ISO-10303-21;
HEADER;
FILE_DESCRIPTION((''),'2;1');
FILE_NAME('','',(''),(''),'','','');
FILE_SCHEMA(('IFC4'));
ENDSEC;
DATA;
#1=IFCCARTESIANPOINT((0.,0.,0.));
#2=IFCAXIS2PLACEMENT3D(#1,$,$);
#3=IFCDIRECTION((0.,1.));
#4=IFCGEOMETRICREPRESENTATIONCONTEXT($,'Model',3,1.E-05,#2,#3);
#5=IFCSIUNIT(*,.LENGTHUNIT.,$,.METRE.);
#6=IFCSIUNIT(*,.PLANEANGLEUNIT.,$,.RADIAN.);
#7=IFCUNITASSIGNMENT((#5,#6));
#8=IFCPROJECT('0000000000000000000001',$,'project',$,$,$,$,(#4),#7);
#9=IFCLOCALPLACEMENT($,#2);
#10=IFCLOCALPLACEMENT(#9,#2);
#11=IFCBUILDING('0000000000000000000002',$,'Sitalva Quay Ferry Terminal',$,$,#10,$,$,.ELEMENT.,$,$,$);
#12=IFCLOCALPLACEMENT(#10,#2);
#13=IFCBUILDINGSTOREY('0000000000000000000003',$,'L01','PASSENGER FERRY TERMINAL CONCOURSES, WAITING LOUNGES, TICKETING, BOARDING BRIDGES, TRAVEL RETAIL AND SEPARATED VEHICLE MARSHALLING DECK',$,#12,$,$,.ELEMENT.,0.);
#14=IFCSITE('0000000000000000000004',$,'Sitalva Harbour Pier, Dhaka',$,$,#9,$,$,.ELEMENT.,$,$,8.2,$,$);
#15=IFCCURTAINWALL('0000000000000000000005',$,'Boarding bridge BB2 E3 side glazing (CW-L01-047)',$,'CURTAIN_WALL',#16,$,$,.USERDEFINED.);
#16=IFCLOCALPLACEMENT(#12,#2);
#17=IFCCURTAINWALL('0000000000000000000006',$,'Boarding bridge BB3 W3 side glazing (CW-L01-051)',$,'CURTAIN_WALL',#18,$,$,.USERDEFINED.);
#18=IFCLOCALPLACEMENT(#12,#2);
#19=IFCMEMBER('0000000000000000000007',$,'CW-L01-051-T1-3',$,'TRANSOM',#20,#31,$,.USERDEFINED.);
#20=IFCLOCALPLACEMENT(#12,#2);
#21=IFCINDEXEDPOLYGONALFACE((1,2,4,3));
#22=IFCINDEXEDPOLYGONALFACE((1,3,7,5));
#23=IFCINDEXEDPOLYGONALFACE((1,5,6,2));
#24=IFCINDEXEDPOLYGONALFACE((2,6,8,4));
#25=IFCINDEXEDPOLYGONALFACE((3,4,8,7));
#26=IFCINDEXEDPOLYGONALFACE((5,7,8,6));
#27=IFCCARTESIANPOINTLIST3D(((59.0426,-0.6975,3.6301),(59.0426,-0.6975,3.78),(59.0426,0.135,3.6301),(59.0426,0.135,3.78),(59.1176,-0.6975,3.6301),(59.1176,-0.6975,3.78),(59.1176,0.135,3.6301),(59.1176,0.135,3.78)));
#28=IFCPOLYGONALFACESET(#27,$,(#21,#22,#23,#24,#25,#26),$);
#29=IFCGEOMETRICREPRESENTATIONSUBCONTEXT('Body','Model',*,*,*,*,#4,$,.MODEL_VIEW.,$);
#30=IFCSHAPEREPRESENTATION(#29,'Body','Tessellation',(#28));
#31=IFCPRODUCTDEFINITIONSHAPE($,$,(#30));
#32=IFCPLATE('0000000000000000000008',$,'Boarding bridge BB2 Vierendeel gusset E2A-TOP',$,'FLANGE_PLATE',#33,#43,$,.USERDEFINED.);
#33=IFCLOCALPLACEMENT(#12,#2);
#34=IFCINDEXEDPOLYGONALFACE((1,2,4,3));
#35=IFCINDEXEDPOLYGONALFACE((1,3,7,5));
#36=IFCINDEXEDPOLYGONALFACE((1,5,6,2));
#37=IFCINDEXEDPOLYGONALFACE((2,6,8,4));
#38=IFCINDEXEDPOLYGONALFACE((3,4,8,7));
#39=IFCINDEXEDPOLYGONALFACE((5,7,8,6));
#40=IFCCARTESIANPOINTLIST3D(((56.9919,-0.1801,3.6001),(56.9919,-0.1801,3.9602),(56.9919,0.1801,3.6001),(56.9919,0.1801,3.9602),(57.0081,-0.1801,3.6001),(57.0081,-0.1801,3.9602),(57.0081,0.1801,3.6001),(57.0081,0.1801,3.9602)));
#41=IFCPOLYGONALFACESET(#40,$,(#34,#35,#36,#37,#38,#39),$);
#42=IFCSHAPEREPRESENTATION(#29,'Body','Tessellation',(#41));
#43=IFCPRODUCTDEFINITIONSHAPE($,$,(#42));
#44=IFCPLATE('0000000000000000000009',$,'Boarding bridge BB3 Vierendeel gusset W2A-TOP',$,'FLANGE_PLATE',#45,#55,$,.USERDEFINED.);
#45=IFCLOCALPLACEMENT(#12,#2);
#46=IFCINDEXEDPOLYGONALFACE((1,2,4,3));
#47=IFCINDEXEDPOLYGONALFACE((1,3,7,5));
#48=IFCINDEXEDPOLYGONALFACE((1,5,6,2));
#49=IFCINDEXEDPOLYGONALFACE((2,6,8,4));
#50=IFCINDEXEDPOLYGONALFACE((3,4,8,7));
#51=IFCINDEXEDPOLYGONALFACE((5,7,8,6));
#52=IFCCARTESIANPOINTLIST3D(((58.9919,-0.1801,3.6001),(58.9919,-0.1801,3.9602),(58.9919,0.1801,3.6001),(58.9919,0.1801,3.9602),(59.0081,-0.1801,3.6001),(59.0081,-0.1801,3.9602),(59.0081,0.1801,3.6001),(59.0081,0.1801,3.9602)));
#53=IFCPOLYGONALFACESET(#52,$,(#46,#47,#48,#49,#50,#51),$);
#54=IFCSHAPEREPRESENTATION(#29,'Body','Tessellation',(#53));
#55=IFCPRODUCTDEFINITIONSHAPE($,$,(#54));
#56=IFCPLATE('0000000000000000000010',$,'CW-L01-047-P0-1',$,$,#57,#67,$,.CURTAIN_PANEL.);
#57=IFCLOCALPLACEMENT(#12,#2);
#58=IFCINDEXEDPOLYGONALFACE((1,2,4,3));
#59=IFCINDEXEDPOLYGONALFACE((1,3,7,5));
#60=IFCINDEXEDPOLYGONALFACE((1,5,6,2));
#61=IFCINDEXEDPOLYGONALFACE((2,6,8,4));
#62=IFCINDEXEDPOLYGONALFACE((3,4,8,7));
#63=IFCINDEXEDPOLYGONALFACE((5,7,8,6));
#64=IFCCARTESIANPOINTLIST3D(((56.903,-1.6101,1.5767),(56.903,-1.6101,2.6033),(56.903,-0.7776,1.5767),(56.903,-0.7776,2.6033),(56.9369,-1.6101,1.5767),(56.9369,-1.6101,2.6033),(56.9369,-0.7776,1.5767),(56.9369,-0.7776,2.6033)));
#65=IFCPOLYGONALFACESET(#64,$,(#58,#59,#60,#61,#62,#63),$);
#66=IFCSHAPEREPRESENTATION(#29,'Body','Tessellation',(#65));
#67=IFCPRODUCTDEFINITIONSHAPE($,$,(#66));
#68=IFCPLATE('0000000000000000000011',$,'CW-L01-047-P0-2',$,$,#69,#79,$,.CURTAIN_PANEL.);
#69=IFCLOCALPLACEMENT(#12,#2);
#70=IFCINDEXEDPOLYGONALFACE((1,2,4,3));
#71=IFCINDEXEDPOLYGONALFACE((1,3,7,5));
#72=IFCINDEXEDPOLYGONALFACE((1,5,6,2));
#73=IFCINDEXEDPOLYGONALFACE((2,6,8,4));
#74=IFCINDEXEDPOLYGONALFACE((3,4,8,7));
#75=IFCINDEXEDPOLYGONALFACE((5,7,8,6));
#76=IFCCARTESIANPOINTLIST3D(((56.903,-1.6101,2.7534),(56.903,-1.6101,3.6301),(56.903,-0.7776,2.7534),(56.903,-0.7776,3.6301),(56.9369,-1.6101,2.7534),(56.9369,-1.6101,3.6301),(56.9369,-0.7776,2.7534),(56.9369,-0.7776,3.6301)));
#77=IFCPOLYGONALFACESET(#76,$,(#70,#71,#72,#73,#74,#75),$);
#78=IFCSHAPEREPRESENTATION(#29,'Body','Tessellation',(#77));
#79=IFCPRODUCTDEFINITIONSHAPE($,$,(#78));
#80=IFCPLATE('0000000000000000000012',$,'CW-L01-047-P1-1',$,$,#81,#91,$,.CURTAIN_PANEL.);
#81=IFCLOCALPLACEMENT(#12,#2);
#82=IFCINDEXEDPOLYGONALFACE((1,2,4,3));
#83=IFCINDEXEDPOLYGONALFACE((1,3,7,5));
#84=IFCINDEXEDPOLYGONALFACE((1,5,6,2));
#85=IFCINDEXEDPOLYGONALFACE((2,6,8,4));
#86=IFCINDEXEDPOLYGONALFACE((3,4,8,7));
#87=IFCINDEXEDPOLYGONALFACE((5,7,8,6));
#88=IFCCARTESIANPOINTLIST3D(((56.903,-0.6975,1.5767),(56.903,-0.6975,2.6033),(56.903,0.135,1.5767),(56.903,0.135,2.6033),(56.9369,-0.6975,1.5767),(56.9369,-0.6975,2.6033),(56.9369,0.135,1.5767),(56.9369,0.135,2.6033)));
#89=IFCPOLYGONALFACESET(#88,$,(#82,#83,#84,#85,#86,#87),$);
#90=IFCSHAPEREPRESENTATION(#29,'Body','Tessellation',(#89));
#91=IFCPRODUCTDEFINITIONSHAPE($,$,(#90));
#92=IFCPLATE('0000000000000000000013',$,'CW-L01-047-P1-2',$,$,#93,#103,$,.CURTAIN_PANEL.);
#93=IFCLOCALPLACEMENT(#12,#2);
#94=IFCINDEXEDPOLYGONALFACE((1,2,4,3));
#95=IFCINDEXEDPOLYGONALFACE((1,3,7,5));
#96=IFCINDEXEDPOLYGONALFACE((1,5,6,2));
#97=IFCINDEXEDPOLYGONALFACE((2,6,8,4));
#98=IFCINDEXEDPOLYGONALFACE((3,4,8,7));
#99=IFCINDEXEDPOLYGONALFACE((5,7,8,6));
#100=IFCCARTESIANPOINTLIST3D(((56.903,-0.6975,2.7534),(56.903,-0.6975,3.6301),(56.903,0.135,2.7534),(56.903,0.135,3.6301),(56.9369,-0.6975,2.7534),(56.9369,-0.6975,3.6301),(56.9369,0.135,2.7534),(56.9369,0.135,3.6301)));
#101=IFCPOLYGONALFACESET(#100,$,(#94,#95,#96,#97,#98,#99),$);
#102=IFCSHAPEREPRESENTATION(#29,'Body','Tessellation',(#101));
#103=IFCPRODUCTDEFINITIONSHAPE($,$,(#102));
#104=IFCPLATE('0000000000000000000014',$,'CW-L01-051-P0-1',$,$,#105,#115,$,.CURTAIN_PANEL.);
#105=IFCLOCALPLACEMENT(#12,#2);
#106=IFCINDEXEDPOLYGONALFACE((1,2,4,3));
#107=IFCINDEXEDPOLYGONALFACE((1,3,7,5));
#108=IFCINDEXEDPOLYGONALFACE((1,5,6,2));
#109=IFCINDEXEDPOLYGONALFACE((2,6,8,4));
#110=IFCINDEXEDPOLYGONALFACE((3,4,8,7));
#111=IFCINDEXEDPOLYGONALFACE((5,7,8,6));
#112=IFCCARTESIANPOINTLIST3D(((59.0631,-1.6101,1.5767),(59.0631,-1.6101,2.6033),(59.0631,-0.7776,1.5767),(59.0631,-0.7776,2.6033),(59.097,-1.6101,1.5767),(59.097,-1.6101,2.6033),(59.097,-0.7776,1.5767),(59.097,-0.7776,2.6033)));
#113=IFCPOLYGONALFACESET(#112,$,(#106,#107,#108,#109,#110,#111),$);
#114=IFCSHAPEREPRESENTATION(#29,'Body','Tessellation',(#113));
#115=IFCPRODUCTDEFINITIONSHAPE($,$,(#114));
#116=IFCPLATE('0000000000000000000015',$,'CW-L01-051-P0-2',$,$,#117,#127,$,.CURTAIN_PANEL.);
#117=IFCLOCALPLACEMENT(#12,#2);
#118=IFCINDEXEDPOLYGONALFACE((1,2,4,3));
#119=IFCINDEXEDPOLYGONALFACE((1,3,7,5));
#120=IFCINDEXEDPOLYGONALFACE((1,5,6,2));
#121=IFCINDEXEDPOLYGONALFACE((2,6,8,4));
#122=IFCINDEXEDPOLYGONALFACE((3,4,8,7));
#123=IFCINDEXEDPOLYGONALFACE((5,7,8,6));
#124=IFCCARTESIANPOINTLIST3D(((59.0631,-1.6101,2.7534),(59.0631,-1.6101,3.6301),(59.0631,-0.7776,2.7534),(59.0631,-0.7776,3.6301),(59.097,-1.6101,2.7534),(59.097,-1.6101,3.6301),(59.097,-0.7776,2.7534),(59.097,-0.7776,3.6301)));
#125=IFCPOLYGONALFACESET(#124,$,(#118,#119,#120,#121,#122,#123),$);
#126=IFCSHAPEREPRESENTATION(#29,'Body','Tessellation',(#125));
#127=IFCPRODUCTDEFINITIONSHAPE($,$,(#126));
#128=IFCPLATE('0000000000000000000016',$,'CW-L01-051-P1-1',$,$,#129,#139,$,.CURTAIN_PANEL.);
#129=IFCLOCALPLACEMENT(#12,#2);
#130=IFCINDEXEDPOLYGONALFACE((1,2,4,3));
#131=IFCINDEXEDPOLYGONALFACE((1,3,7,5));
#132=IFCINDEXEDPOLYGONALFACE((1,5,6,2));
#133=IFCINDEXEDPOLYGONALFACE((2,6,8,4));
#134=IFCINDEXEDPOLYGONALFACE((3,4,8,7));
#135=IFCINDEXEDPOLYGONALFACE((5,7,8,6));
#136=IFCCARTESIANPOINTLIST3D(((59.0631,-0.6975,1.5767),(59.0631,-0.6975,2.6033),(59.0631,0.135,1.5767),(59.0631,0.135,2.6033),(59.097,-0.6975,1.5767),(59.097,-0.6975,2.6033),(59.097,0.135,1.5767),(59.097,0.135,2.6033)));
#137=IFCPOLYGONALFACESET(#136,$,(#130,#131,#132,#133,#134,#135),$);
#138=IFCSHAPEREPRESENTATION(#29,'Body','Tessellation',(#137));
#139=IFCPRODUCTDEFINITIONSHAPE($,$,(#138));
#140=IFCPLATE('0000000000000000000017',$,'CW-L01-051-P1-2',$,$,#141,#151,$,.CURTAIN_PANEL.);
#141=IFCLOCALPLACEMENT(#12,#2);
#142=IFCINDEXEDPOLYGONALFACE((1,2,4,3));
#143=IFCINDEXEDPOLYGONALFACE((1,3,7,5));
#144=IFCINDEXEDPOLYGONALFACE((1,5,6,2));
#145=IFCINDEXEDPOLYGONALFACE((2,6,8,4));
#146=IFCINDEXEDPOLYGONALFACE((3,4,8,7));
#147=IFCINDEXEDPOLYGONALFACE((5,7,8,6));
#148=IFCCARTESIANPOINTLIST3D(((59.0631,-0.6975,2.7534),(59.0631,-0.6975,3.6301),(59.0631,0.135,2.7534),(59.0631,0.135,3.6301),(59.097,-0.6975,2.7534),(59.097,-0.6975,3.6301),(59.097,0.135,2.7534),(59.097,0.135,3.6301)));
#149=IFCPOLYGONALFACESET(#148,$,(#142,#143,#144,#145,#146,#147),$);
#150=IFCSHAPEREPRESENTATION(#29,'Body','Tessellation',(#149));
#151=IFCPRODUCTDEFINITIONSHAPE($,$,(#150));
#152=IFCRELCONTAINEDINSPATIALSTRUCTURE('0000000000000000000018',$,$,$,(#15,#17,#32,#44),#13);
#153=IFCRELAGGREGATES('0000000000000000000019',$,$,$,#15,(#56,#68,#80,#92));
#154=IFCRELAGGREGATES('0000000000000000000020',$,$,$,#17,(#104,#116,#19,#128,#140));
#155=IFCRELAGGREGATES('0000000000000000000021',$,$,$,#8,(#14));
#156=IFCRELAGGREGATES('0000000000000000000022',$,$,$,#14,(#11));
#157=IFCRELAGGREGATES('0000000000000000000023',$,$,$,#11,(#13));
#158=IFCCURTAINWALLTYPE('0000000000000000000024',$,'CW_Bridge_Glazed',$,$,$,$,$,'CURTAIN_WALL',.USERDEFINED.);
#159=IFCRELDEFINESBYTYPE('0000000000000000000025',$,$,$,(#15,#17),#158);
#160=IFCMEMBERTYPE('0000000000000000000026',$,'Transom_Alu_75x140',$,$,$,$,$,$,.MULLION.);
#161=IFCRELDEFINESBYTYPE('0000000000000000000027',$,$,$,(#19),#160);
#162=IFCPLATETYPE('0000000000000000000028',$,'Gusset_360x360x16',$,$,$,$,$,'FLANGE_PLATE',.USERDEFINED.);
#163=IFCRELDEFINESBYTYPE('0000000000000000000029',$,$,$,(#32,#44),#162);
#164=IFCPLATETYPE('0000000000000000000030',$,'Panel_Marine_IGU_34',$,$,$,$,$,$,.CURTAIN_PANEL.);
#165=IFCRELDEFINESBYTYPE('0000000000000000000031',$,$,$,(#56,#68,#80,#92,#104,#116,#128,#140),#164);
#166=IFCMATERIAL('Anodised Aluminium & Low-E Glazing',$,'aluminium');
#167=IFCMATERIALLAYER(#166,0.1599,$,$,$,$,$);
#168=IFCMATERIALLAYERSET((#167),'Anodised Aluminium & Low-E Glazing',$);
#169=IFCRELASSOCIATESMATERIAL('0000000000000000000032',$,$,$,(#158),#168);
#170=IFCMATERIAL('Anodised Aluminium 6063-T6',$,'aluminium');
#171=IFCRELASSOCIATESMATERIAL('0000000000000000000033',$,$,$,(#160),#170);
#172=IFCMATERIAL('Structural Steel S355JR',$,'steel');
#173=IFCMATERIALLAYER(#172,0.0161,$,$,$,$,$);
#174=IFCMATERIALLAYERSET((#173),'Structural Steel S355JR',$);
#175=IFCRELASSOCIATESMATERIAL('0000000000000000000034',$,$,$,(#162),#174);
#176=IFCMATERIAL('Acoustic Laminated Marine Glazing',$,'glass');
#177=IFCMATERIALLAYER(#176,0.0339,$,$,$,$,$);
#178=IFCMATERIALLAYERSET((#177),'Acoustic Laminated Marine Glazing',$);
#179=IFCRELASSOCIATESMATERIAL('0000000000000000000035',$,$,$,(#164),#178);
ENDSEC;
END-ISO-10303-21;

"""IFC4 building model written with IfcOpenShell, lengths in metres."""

from ifc_helpers import new_model, si_unit, direction, frame, origin, origin_2d, place, context, subcontext, project, spatial, rectangle, extrude, material, layer, layer_set, material_profile, profile_set, type_object, element, aggregate, save


model = new_model("IFC4")

# Units and contexts
model_context = context("Model", 3, precision=1e-05, world=origin(), true_north=direction((0.0, 1.0)))
body_context = subcontext(model_context, "Body", "Model", "MODEL_VIEW")
ifc_project = project(units=[si_unit("LENGTHUNIT", "METRE"), si_unit("PLANEANGLEUNIT", "RADIAN")], contexts=[model_context])

# Site, building, storey
site_placement = place(None, origin())
site = spatial("IfcSite", under=ifc_project, at=site_placement, Name="Sitalva Harbour Pier, Dhaka", CompositionType="ELEMENT", RefElevation=8.2)
building_placement = place(site_placement, origin())
building = spatial("IfcBuilding", under=site, at=building_placement, Name="Sitalva Quay Ferry Terminal", CompositionType="ELEMENT")
storey_placement = place(building_placement, origin())
storey = spatial("IfcBuildingStorey", under=building, at=storey_placement, Name="L01", Description="PASSENGER FERRY TERMINAL CONCOURSES, WAITING LOUNGES, TICKETING, BOARDING BRIDGES, TRAVEL RETAIL AND SEPARATED VEHICLE MARSHALLING DECK", CompositionType="ELEMENT", Elevation=0.0)

# Curtain walls, member
ifc_material_1 = material(Name="Anodised Aluminium & Low-E Glazing", Category="aluminium")
ifc_layer_1 = layer(ifc_material_1, 0.1599)
ifc_layer_set_1 = layer_set([ifc_layer_1], Name="Anodised Aluminium & Low-E Glazing")
curtain_wall_type = type_object("IfcCurtainWallType", Name="CW_Bridge_Glazed", ElementType="CURTAIN_WALL", PredefinedType="USERDEFINED", material=ifc_layer_set_1)
curtain_wall_1_placement = place(storey_placement, origin())
curtain_wall_1 = element("IfcCurtainWall", 1, at=curtain_wall_1_placement, inside=storey, type_object=curtain_wall_type, Name="Boarding bridge BB2 E3 side glazing (CW-L01-047)", ObjectType="CURTAIN_WALL", PredefinedType="USERDEFINED")
ifc_material_2 = material(Name="Anodised Aluminium 6063-T6", Category="aluminium")
ifc_material_profile_1 = material_profile(ifc_material_2, rectangle(XDim=0.075, YDim=0.1499, at=origin_2d()), Name="ALU75x150")
ifc_profile_set_1 = profile_set([ifc_material_profile_1], Name="Anodised Aluminium 6063-T6")
member_type_1 = type_object("IfcMemberType", Name="Transom_Alu_75x140", PredefinedType="MULLION", material=ifc_profile_set_1)
curtain_wall_2_placement = place(storey_placement, origin())
curtain_wall_2 = element("IfcCurtainWall", 2, at=curtain_wall_2_placement, inside=storey, type_object=curtain_wall_type, Name="Boarding bridge BB3 W3 side glazing (CW-L01-051)", ObjectType="CURTAIN_WALL", PredefinedType="USERDEFINED")
member_1_placement = place(storey_placement, frame((59.0801, -0.6975, 3.7051), z_axis=(0.0, 1.0, 0.0), x_axis=(-1.0, 0.0, 0.0)))
member_1 = element("IfcMember", 3, at=member_1_placement, type_object=member_type_1, Name="CW-L01-051-T1-3", ObjectType="TRANSOM", PredefinedType="USERDEFINED", context=body_context, shape_type="SweptSolid", body=[
    extrude(rectangle(XDim=0.075, YDim=0.1499, at=origin_2d()), origin(), (0.0, 0.0, 1.0), 0.8325),
])

# Plates
ifc_material_3 = material(Name="Structural Steel S355JR", Category="steel")
ifc_layer_2 = layer(ifc_material_3, 0.0161)
ifc_layer_set_2 = layer_set([ifc_layer_2], Name="Structural Steel S355JR")
plate_type_1 = type_object("IfcPlateType", Name="Gusset_360x360x16", ElementType="FLANGE_PLATE", PredefinedType="USERDEFINED", material=ifc_layer_set_2)
for number, where, z_axis, x_axis, name in (
    (4, (57.0, 0.0, 3.6001), (0.0, 0.0, 1.0), (1.0, 0.0, 0.0), "Boarding bridge BB2 Vierendeel gusset E2A-TOP"),
    (5, (59.0, 0.0, 3.6001), (0.0, 0.0, 1.0), (1.0, 0.0, 0.0), "Boarding bridge BB3 Vierendeel gusset W2A-TOP"),
):
    element("IfcPlate", number, at=place(storey_placement, frame(where, z_axis=z_axis, x_axis=x_axis)), inside=storey, type_object=plate_type_1, Name=name, ObjectType="FLANGE_PLATE", PredefinedType="USERDEFINED", context=body_context, shape_type="SweptSolid", body=[
        extrude(rectangle(XDim=0.0161, YDim=0.3601, at=origin_2d()), origin(), (0.0, 0.0, 1.0), 0.3601),
    ])

# Plates
ifc_material_4 = material(Name="Acoustic Laminated Marine Glazing", Category="glass")
ifc_layer_3 = layer(ifc_material_4, 0.0339)
ifc_layer_set_3 = layer_set([ifc_layer_3], Name="Acoustic Laminated Marine Glazing")
plate_type_2 = type_object("IfcPlateType", Name="Panel_Marine_IGU_34", PredefinedType="CURTAIN_PANEL", material=ifc_layer_set_3)
plate_1_placement = place(storey_placement, frame((56.9199, -1.1938, 1.5767), z_axis=(0.0, 0.0, 1.0), x_axis=(0.0, 1.0, 0.0)))
plate_1 = element("IfcPlate", 6, at=plate_1_placement, type_object=plate_type_2, Name="CW-L01-047-P0-1", PredefinedType="CURTAIN_PANEL", context=body_context, shape_type="SweptSolid", body=[
    extrude(rectangle(XDim=0.8325, YDim=0.0339, at=origin_2d()), origin(), (0.0, 0.0, 1.0), 1.0266),
])
plate_2_placement = place(storey_placement, frame((56.9199, -1.1938, 2.7534), z_axis=(0.0, 0.0, 1.0), x_axis=(0.0, 1.0, 0.0)))
plate_2 = element("IfcPlate", 7, at=plate_2_placement, type_object=plate_type_2, Name="CW-L01-047-P0-2", PredefinedType="CURTAIN_PANEL", context=body_context, shape_type="SweptSolid", body=[
    extrude(rectangle(XDim=0.8325, YDim=0.0339, at=origin_2d()), origin(), (0.0, 0.0, 1.0), 0.8767),
])
plate_3_placement = place(storey_placement, frame((56.9199, -0.2812, 1.5767), z_axis=(0.0, 0.0, 1.0), x_axis=(0.0, 1.0, 0.0)))
plate_3 = element("IfcPlate", 8, at=plate_3_placement, type_object=plate_type_2, Name="CW-L01-047-P1-1", PredefinedType="CURTAIN_PANEL", context=body_context, shape_type="SweptSolid", body=[
    extrude(rectangle(XDim=0.8325, YDim=0.0339, at=origin_2d()), origin(), (0.0, 0.0, 1.0), 1.0266),
])
plate_4_placement = place(storey_placement, frame((56.9199, -0.2812, 2.7534), z_axis=(0.0, 0.0, 1.0), x_axis=(0.0, 1.0, 0.0)))
plate_4 = element("IfcPlate", 9, at=plate_4_placement, type_object=plate_type_2, Name="CW-L01-047-P1-2", PredefinedType="CURTAIN_PANEL", context=body_context, shape_type="SweptSolid", body=[
    extrude(rectangle(XDim=0.8325, YDim=0.0339, at=origin_2d()), origin(), (0.0, 0.0, 1.0), 0.8767),
])
aggregate(curtain_wall_1, [plate_1, plate_2, plate_3, plate_4])
plate_5_placement = place(storey_placement, frame((59.0801, -1.1938, 1.5767), z_axis=(0.0, 0.0, 1.0), x_axis=(0.0, 1.0, 0.0)))
plate_5 = element("IfcPlate", 10, at=plate_5_placement, type_object=plate_type_2, Name="CW-L01-051-P0-1", PredefinedType="CURTAIN_PANEL", context=body_context, shape_type="SweptSolid", body=[
    extrude(rectangle(XDim=0.8325, YDim=0.0339, at=origin_2d()), origin(), (0.0, 0.0, 1.0), 1.0266),
])
plate_6_placement = place(storey_placement, frame((59.0801, -1.1938, 2.7534), z_axis=(0.0, 0.0, 1.0), x_axis=(0.0, 1.0, 0.0)))
plate_6 = element("IfcPlate", 11, at=plate_6_placement, type_object=plate_type_2, Name="CW-L01-051-P0-2", PredefinedType="CURTAIN_PANEL", context=body_context, shape_type="SweptSolid", body=[
    extrude(rectangle(XDim=0.8325, YDim=0.0339, at=origin_2d()), origin(), (0.0, 0.0, 1.0), 0.8767),
])
plate_7_placement = place(storey_placement, frame((59.0801, -0.2812, 1.5767), z_axis=(0.0, 0.0, 1.0), x_axis=(0.0, 1.0, 0.0)))
plate_7 = element("IfcPlate", 12, at=plate_7_placement, type_object=plate_type_2, Name="CW-L01-051-P1-1", PredefinedType="CURTAIN_PANEL", context=body_context, shape_type="SweptSolid", body=[
    extrude(rectangle(XDim=0.8325, YDim=0.0339, at=origin_2d()), origin(), (0.0, 0.0, 1.0), 1.0266),
])
plate_8_placement = place(storey_placement, frame((59.0801, -0.2812, 2.7534), z_axis=(0.0, 0.0, 1.0), x_axis=(0.0, 1.0, 0.0)))
plate_8 = element("IfcPlate", 13, at=plate_8_placement, type_object=plate_type_2, Name="CW-L01-051-P1-2", PredefinedType="CURTAIN_PANEL", context=body_context, shape_type="SweptSolid", body=[
    extrude(rectangle(XDim=0.8325, YDim=0.0339, at=origin_2d()), origin(), (0.0, 0.0, 1.0), 0.8767),
])
aggregate(curtain_wall_2, [plate_5, plate_6, member_1, plate_7, plate_8])

save(model, "model.ifc")
